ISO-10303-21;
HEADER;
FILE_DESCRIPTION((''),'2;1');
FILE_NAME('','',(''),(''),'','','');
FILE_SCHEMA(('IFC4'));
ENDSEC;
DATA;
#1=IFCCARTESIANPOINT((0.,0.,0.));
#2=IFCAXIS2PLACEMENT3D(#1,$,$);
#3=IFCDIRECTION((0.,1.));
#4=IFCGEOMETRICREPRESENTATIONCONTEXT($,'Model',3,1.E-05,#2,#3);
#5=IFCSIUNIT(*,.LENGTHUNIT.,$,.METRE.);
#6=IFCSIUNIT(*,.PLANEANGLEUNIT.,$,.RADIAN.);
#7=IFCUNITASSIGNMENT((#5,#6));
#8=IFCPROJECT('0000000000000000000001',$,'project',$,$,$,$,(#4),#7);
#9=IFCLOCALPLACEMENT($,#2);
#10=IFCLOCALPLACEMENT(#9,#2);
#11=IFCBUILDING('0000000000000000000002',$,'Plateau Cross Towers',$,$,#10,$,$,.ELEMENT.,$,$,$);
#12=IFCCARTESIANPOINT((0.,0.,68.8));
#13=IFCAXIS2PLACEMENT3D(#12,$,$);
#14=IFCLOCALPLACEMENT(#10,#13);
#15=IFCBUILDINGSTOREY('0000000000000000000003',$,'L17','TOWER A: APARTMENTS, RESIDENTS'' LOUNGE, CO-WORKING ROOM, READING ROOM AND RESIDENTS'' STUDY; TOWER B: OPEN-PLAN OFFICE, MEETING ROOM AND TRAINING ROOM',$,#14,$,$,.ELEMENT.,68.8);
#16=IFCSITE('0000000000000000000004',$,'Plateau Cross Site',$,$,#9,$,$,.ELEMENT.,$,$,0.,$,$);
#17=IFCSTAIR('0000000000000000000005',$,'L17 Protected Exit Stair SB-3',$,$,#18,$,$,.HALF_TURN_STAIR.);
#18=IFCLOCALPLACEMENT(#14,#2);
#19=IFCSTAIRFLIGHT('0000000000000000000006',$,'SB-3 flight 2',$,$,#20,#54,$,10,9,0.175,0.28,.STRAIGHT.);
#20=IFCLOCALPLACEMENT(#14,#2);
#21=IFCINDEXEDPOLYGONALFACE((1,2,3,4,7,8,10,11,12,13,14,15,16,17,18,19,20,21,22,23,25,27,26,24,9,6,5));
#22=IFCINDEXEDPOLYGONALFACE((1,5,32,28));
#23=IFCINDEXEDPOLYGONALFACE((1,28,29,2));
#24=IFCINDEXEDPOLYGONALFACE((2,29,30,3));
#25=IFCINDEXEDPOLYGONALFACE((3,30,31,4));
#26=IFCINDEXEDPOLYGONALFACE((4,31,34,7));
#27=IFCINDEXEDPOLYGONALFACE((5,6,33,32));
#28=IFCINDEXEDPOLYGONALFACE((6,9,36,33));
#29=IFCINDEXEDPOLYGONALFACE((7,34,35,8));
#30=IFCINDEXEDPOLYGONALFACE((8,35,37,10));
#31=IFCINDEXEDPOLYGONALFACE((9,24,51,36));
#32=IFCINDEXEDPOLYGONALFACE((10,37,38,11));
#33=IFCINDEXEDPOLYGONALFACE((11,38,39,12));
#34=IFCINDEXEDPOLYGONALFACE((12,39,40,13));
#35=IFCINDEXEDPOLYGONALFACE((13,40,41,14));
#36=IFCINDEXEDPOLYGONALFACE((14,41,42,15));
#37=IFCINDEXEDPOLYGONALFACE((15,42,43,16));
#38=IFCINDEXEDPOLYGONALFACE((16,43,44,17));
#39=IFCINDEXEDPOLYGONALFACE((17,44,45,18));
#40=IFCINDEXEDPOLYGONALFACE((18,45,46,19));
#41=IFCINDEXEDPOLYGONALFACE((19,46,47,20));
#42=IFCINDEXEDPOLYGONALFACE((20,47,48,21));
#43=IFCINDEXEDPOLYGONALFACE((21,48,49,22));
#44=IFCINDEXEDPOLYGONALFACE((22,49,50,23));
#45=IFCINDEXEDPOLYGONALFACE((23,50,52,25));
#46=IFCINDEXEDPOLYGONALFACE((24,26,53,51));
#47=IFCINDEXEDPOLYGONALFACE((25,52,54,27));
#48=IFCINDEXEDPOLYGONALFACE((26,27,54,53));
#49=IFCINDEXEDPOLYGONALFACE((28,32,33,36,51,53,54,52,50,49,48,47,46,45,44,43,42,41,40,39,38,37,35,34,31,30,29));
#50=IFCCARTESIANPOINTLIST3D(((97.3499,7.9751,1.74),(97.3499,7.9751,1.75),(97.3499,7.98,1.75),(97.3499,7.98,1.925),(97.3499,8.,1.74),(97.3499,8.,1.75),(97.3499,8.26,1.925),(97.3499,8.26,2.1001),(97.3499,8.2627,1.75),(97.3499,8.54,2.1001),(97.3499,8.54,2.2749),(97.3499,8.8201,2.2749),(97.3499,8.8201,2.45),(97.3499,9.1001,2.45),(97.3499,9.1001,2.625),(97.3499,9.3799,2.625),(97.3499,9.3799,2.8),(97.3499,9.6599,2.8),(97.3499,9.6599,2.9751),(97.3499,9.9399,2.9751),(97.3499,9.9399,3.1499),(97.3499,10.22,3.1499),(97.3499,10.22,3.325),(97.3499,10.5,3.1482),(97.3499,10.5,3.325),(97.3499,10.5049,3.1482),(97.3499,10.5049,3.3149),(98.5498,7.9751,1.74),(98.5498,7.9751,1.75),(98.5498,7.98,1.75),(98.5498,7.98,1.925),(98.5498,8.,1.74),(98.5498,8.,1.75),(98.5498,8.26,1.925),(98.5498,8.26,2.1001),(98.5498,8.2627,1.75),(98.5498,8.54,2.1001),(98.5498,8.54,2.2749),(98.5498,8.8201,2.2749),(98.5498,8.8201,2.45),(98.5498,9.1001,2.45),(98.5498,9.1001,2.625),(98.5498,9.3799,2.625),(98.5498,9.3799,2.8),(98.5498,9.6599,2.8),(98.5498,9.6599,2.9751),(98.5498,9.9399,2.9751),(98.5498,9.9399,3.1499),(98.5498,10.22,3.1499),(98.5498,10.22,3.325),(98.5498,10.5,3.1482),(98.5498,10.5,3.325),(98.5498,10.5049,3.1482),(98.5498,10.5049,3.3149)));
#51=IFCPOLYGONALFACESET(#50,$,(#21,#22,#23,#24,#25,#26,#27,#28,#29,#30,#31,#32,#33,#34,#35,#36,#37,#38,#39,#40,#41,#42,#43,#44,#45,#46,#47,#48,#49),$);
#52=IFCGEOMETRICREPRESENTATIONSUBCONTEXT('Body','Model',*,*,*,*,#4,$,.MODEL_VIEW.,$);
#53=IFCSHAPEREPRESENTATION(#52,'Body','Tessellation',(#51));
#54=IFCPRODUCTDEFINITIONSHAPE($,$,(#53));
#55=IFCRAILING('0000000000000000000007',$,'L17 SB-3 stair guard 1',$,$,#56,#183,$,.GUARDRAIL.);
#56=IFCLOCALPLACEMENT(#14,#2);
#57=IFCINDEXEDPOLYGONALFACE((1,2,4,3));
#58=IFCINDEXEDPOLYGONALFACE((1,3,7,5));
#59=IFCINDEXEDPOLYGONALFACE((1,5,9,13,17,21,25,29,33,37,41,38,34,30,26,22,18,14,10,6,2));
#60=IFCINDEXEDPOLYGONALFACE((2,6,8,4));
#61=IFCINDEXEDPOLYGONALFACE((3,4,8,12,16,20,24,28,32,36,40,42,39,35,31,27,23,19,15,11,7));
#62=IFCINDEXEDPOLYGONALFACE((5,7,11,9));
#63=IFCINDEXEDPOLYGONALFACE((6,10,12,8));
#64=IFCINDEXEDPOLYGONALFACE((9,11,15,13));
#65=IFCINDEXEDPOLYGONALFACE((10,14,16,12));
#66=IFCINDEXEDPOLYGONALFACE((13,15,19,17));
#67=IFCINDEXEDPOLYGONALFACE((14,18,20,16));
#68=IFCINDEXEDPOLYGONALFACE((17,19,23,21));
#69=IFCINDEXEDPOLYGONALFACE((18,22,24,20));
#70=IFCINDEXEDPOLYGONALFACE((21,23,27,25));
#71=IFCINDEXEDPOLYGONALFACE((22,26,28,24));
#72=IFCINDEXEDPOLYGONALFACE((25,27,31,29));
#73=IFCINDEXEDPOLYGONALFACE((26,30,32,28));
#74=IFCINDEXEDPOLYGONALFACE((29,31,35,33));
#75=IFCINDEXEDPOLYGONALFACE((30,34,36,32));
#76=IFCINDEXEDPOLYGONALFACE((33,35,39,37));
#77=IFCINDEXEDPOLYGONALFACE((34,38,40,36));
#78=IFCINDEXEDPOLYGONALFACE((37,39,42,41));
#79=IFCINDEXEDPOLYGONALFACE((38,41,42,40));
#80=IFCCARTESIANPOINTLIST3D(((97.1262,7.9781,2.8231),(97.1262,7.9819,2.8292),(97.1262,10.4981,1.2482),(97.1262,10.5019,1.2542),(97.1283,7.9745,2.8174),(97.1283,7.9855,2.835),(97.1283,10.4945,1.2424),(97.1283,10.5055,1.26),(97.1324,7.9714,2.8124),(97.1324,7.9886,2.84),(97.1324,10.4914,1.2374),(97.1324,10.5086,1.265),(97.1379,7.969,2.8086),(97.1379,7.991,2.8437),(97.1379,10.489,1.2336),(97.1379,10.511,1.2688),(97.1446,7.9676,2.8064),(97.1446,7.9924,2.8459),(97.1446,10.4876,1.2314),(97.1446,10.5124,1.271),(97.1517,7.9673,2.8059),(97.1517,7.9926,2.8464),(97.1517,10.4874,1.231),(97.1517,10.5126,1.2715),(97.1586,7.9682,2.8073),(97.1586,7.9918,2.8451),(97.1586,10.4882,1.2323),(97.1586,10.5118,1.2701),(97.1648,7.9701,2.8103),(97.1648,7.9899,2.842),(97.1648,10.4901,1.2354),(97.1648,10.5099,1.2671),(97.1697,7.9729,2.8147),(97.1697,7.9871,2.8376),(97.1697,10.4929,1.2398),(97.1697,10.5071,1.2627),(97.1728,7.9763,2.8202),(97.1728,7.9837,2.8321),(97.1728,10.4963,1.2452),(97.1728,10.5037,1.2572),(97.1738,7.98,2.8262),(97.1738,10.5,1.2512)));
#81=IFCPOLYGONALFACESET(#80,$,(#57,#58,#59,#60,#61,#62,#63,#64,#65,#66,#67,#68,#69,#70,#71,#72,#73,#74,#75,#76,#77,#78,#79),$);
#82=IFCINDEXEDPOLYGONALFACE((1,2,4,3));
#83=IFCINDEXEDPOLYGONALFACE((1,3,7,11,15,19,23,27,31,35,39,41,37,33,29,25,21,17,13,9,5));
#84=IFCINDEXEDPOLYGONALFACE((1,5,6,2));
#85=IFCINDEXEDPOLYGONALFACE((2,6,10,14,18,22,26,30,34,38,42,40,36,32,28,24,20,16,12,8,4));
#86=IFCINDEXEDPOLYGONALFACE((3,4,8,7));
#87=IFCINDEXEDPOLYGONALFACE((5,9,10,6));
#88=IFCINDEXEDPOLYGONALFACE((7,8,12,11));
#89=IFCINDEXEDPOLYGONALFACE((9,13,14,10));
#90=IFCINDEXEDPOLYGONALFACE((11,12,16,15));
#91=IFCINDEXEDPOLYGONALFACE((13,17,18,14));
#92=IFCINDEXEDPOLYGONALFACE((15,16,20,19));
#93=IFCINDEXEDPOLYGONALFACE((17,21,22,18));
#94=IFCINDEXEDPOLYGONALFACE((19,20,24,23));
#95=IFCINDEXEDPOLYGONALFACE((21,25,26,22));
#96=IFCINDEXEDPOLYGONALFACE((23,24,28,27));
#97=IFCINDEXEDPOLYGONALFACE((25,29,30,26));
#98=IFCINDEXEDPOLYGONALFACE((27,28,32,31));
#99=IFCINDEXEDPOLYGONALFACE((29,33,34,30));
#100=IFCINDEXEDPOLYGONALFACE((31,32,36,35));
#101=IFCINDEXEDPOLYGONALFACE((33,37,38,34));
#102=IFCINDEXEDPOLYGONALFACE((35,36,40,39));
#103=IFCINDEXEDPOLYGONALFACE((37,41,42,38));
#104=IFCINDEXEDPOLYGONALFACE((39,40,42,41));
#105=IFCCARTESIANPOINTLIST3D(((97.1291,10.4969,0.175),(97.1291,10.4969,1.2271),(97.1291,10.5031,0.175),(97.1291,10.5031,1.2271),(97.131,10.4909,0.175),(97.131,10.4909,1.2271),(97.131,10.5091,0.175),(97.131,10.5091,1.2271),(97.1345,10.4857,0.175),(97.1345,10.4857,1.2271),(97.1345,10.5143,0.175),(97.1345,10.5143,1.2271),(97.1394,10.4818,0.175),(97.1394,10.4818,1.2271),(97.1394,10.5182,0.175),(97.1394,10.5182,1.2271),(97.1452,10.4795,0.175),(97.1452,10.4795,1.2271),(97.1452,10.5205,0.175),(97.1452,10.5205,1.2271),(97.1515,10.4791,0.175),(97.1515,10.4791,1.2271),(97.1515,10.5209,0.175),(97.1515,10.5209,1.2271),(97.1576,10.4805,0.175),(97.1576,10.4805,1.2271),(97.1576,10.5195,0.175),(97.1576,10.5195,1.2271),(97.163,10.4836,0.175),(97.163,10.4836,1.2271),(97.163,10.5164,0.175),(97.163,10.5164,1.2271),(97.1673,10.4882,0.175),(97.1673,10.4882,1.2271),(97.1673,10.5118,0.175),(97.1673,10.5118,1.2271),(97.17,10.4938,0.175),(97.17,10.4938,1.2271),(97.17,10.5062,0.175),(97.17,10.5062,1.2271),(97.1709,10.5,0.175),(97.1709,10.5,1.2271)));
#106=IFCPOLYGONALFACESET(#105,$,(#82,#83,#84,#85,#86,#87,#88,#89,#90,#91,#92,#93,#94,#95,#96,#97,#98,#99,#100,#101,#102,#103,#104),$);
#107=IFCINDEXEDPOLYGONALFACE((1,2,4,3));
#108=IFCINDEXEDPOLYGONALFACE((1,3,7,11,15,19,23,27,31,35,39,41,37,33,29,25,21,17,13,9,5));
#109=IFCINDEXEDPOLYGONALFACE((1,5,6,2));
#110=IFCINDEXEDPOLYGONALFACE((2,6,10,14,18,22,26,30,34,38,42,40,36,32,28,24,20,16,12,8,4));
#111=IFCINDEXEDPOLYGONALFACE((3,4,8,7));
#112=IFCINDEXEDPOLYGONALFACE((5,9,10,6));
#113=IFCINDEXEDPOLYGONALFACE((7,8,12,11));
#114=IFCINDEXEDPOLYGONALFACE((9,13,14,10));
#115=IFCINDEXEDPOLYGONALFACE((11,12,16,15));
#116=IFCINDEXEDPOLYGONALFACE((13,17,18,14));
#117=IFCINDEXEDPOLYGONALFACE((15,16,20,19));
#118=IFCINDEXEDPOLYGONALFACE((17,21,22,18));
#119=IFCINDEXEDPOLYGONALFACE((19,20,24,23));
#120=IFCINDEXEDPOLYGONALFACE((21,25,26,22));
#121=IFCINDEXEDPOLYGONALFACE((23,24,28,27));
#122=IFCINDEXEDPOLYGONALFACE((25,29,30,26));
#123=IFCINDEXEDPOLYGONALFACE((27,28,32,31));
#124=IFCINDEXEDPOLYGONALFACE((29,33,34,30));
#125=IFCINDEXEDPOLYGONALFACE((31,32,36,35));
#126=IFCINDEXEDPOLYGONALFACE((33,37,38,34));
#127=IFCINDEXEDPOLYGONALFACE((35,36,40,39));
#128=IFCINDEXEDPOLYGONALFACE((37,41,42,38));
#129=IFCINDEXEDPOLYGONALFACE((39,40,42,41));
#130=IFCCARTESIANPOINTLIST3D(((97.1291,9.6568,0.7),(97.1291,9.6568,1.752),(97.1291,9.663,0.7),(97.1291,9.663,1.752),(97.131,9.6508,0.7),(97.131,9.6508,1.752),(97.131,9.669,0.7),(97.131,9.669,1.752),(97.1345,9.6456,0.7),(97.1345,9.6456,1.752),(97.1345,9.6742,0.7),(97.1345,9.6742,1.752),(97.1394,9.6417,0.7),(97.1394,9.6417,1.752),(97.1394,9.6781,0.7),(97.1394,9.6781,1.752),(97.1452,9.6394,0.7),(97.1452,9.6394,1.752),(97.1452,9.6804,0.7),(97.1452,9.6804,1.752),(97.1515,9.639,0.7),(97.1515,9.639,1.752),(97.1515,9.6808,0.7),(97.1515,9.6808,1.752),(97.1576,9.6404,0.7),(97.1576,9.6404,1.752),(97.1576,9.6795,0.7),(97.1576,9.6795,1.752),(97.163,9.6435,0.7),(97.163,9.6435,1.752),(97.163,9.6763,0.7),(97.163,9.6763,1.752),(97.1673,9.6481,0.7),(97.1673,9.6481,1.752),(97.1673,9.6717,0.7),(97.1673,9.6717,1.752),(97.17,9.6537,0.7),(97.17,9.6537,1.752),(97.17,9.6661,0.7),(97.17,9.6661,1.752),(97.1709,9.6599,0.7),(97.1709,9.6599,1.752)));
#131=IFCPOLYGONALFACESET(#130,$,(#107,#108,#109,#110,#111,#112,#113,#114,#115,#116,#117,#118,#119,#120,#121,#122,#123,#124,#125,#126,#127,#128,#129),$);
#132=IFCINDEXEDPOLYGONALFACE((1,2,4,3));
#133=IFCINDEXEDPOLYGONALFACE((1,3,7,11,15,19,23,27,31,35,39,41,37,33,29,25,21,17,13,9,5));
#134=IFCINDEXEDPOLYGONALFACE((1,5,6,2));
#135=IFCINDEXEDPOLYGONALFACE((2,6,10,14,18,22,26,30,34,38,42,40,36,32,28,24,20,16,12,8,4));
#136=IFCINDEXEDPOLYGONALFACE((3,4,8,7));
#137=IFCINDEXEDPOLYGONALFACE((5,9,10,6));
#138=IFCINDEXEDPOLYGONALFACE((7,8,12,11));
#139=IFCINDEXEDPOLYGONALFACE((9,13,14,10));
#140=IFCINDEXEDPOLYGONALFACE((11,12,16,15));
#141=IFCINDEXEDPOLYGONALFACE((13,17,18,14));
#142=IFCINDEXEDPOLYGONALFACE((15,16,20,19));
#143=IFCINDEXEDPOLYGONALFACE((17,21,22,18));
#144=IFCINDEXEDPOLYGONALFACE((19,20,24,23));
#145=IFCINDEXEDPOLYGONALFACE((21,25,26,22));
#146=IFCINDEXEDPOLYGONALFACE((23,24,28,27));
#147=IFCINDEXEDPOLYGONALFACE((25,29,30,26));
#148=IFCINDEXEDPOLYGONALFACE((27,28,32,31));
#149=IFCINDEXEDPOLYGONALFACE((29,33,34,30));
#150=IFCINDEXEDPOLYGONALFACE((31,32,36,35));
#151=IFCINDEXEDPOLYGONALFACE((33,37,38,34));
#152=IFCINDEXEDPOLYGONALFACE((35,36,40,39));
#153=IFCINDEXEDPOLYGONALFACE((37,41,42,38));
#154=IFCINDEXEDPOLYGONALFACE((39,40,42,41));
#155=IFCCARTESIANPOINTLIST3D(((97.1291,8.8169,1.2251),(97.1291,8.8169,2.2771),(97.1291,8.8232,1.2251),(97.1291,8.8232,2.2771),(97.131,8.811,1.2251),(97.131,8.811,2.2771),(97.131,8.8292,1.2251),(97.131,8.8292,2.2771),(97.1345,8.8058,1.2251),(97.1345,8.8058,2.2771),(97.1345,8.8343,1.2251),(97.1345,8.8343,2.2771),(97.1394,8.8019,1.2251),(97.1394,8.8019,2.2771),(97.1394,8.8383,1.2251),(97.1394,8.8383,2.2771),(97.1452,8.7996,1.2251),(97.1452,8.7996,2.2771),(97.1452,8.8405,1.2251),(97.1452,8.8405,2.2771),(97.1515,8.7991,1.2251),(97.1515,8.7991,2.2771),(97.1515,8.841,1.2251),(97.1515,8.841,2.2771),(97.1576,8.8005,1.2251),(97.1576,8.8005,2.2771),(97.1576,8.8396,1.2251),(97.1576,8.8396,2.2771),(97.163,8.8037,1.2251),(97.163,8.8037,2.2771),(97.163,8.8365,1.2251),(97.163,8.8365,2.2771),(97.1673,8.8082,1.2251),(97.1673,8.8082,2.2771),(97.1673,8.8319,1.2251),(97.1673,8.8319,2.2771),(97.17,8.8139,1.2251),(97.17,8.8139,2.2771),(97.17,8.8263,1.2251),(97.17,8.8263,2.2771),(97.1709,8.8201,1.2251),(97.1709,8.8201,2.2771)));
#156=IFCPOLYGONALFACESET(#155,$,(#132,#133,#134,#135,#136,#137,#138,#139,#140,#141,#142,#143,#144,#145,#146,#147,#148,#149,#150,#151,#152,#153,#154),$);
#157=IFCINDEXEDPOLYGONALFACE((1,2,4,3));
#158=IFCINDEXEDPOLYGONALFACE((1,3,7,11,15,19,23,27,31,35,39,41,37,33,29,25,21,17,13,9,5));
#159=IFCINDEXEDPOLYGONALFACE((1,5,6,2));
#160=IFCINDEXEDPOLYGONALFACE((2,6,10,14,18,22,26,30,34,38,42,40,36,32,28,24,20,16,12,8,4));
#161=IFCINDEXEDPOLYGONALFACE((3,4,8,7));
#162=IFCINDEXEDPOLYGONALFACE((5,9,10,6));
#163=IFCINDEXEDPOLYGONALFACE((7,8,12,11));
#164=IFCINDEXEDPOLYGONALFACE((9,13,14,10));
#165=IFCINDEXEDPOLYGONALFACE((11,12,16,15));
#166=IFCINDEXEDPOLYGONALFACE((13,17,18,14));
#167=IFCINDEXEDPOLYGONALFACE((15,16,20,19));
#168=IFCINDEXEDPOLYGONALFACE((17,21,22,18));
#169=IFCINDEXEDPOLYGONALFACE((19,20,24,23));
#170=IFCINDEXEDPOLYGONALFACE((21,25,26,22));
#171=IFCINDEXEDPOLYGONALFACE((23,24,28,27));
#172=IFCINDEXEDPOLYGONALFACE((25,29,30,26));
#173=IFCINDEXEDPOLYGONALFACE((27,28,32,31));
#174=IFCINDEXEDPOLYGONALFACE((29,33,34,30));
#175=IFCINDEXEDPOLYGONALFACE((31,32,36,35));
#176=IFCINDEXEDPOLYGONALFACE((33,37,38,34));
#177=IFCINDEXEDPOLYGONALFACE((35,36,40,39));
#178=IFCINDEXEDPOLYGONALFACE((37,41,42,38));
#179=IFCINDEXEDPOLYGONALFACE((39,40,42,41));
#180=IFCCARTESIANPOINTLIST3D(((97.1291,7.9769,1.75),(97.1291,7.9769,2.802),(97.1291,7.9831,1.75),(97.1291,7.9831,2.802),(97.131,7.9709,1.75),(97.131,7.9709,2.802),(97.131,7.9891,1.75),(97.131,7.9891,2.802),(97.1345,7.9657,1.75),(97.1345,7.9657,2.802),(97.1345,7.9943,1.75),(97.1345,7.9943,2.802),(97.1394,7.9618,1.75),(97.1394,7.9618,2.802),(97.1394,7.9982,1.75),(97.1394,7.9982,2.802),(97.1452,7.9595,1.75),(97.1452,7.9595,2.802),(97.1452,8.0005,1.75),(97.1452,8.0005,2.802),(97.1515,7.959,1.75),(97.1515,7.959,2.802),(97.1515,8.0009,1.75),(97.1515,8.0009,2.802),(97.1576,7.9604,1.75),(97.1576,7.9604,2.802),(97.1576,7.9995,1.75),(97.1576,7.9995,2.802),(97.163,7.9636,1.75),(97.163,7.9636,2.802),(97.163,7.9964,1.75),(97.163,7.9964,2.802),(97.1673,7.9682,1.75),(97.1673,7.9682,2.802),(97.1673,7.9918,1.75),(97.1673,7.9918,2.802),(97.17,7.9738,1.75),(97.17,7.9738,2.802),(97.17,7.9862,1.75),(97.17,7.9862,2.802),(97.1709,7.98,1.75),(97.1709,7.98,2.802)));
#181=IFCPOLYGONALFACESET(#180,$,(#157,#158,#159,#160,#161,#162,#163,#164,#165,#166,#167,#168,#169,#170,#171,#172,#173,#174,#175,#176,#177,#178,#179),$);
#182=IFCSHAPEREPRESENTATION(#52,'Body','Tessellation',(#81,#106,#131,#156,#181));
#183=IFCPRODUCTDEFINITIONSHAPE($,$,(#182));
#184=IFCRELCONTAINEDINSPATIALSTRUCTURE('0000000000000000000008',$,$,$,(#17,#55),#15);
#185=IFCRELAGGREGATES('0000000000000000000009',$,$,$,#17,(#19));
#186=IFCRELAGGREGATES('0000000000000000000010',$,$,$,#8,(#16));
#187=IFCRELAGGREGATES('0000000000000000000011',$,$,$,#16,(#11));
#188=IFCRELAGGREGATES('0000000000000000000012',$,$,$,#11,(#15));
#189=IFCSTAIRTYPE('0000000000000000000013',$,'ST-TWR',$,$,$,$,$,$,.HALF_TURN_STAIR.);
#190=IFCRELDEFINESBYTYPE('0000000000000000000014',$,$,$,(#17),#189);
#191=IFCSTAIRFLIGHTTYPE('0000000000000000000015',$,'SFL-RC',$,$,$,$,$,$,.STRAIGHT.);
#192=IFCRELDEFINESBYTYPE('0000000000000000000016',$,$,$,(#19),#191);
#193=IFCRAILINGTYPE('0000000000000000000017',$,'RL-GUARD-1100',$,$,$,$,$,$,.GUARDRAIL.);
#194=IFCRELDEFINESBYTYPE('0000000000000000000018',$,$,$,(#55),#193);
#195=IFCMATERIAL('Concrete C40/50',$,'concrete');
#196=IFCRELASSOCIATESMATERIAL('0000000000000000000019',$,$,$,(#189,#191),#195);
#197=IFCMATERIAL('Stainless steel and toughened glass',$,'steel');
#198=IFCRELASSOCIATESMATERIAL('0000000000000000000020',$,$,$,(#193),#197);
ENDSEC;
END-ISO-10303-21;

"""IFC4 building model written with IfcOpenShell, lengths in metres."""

from ifc_helpers import new_model, si_unit, direction, frame, origin, origin_2d, place, context, subcontext, project, spatial, polyline, circle, outline, extrude, material, type_object, element, aggregate, save


model = new_model("IFC4")

# Units and contexts
model_context = context("Model", 3, precision=1e-05, world=origin(), true_north=direction((0.0, 1.0)))
body_context = subcontext(model_context, "Body", "Model", "MODEL_VIEW")
ifc_project = project(units=[si_unit("LENGTHUNIT", "METRE"), si_unit("PLANEANGLEUNIT", "RADIAN")], contexts=[model_context])

# Site, building, storey
site_placement = place(None, origin())
site = spatial("IfcSite", under=ifc_project, at=site_placement, Name="Plateau Cross Site", CompositionType="ELEMENT", RefElevation=0.0)
building_placement = place(site_placement, origin())
building = spatial("IfcBuilding", under=site, at=building_placement, Name="Plateau Cross Towers", CompositionType="ELEMENT")
storey_placement = place(building_placement, frame((0.0, 0.0, 68.8)))
storey = spatial("IfcBuildingStorey", under=building, at=storey_placement, Name="L17", Description="TOWER A: APARTMENTS, RESIDENTS' LOUNGE, CO-WORKING ROOM, READING ROOM AND RESIDENTS' STUDY; TOWER B: OPEN-PLAN OFFICE, MEETING ROOM AND TRAINING ROOM", CompositionType="ELEMENT", Elevation=68.8)

# Stair, stair flight
ifc_material_1 = material(Name="Concrete C40/50", Category="concrete")
stair_type = type_object("IfcStairType", Name="ST-TWR", PredefinedType="HALF_TURN_STAIR", material=ifc_material_1)
stair_placement = place(storey_placement, origin())
stair = element("IfcStair", 1, at=stair_placement, inside=storey, type_object=stair_type, Name="L17 Protected Exit Stair SB-3", PredefinedType="HALF_TURN_STAIR")
stair_flight_type = type_object("IfcStairFlightType", Name="SFL-RC", PredefinedType="STRAIGHT", material=ifc_material_1)
stair_flight_1_placement = place(storey_placement, frame((97.95, 7.98, 1.75), z_axis=(0.0, 0.0, 1.0), x_axis=(0.0, 1.0, 0.0)))
stair_flight_1 = element("IfcStairFlight", 2, at=stair_flight_1_placement, type_object=stair_flight_type, Name="SB-3 flight 2", NumberOfRisers=10, NumberOfTreads=9, PredefinedType="STRAIGHT", RiserHeight=0.175, TreadLength=0.28, context=body_context, shape_type="SweptSolid", body=[
    extrude(outline(polyline([(-0.0049, -0.01), (-0.0049, 0.0), (0.0, 0.0), (0.0, 0.175), (0.28, 0.175), (0.28, 0.3501), (0.5601, 0.3501), (0.5601, 0.5249), (0.8401, 0.5249), (0.8401, 0.7), (1.1201, 0.7), (1.1201, 0.875), (1.3999, 0.875), (1.3999, 1.05), (1.6799, 1.05), (1.6799, 1.2251), (1.96, 1.2251), (1.96, 1.3999), (2.24, 1.3999), (2.24, 1.575), (2.52, 1.575), (2.5249, 1.5649), (2.5249, 1.3982), (2.52, 1.3982), (0.2827, 0.0), (0.02, 0.0), (0.02, -0.01), (-0.0049, -0.01)])), frame((0.0, 0.6001, 0.0), z_axis=(0.0, -1.0, 0.0), x_axis=(1.0, 0.0, 0.0)), (0.0, 0.0, 1.0), 1.2),
])
aggregate(stair, [stair_flight_1])

# Railing
ifc_material_2 = material(Name="Stainless steel and toughened glass", Category="steel")
railing_type_1 = type_object("IfcRailingType", Name="RL-GUARD-1100", PredefinedType="GUARDRAIL", material=ifc_material_2)
railing_1_placement = place(storey_placement, frame((97.1499, 10.5, 0.175)))
element("IfcRailing", 3, at=railing_1_placement, inside=storey, type_object=railing_type_1, Name="L17 SB-3 stair guard 1", PredefinedType="GUARDRAIL", context=body_context, shape_type="SweptSolid", body=[
    extrude(circle(Radius=0.0239, at=origin_2d()), frame((0.0, 0.0, 1.0762), z_axis=(0.0, -0.848008, 0.529984), x_axis=(1.0, 0.0, 0.0)), (0.0, 0.0, 1.0), 2.9717),
    extrude(circle(Radius=0.021, at=origin_2d()), origin(), (0.0, 0.0, 1.0), 1.052),
    extrude(circle(Radius=0.021, at=origin_2d()), frame((0.0, -0.8401, 0.5249)), (0.0, 0.0, 1.0), 1.052),
    extrude(circle(Radius=0.021, at=origin_2d()), frame((0.0, -1.6799, 1.05)), (0.0, 0.0, 1.0), 1.052),
    extrude(circle(Radius=0.021, at=origin_2d()), frame((0.0, -2.52, 1.575)), (0.0, 0.0, 1.0), 1.052),
])

save(model, "model.ifc")
